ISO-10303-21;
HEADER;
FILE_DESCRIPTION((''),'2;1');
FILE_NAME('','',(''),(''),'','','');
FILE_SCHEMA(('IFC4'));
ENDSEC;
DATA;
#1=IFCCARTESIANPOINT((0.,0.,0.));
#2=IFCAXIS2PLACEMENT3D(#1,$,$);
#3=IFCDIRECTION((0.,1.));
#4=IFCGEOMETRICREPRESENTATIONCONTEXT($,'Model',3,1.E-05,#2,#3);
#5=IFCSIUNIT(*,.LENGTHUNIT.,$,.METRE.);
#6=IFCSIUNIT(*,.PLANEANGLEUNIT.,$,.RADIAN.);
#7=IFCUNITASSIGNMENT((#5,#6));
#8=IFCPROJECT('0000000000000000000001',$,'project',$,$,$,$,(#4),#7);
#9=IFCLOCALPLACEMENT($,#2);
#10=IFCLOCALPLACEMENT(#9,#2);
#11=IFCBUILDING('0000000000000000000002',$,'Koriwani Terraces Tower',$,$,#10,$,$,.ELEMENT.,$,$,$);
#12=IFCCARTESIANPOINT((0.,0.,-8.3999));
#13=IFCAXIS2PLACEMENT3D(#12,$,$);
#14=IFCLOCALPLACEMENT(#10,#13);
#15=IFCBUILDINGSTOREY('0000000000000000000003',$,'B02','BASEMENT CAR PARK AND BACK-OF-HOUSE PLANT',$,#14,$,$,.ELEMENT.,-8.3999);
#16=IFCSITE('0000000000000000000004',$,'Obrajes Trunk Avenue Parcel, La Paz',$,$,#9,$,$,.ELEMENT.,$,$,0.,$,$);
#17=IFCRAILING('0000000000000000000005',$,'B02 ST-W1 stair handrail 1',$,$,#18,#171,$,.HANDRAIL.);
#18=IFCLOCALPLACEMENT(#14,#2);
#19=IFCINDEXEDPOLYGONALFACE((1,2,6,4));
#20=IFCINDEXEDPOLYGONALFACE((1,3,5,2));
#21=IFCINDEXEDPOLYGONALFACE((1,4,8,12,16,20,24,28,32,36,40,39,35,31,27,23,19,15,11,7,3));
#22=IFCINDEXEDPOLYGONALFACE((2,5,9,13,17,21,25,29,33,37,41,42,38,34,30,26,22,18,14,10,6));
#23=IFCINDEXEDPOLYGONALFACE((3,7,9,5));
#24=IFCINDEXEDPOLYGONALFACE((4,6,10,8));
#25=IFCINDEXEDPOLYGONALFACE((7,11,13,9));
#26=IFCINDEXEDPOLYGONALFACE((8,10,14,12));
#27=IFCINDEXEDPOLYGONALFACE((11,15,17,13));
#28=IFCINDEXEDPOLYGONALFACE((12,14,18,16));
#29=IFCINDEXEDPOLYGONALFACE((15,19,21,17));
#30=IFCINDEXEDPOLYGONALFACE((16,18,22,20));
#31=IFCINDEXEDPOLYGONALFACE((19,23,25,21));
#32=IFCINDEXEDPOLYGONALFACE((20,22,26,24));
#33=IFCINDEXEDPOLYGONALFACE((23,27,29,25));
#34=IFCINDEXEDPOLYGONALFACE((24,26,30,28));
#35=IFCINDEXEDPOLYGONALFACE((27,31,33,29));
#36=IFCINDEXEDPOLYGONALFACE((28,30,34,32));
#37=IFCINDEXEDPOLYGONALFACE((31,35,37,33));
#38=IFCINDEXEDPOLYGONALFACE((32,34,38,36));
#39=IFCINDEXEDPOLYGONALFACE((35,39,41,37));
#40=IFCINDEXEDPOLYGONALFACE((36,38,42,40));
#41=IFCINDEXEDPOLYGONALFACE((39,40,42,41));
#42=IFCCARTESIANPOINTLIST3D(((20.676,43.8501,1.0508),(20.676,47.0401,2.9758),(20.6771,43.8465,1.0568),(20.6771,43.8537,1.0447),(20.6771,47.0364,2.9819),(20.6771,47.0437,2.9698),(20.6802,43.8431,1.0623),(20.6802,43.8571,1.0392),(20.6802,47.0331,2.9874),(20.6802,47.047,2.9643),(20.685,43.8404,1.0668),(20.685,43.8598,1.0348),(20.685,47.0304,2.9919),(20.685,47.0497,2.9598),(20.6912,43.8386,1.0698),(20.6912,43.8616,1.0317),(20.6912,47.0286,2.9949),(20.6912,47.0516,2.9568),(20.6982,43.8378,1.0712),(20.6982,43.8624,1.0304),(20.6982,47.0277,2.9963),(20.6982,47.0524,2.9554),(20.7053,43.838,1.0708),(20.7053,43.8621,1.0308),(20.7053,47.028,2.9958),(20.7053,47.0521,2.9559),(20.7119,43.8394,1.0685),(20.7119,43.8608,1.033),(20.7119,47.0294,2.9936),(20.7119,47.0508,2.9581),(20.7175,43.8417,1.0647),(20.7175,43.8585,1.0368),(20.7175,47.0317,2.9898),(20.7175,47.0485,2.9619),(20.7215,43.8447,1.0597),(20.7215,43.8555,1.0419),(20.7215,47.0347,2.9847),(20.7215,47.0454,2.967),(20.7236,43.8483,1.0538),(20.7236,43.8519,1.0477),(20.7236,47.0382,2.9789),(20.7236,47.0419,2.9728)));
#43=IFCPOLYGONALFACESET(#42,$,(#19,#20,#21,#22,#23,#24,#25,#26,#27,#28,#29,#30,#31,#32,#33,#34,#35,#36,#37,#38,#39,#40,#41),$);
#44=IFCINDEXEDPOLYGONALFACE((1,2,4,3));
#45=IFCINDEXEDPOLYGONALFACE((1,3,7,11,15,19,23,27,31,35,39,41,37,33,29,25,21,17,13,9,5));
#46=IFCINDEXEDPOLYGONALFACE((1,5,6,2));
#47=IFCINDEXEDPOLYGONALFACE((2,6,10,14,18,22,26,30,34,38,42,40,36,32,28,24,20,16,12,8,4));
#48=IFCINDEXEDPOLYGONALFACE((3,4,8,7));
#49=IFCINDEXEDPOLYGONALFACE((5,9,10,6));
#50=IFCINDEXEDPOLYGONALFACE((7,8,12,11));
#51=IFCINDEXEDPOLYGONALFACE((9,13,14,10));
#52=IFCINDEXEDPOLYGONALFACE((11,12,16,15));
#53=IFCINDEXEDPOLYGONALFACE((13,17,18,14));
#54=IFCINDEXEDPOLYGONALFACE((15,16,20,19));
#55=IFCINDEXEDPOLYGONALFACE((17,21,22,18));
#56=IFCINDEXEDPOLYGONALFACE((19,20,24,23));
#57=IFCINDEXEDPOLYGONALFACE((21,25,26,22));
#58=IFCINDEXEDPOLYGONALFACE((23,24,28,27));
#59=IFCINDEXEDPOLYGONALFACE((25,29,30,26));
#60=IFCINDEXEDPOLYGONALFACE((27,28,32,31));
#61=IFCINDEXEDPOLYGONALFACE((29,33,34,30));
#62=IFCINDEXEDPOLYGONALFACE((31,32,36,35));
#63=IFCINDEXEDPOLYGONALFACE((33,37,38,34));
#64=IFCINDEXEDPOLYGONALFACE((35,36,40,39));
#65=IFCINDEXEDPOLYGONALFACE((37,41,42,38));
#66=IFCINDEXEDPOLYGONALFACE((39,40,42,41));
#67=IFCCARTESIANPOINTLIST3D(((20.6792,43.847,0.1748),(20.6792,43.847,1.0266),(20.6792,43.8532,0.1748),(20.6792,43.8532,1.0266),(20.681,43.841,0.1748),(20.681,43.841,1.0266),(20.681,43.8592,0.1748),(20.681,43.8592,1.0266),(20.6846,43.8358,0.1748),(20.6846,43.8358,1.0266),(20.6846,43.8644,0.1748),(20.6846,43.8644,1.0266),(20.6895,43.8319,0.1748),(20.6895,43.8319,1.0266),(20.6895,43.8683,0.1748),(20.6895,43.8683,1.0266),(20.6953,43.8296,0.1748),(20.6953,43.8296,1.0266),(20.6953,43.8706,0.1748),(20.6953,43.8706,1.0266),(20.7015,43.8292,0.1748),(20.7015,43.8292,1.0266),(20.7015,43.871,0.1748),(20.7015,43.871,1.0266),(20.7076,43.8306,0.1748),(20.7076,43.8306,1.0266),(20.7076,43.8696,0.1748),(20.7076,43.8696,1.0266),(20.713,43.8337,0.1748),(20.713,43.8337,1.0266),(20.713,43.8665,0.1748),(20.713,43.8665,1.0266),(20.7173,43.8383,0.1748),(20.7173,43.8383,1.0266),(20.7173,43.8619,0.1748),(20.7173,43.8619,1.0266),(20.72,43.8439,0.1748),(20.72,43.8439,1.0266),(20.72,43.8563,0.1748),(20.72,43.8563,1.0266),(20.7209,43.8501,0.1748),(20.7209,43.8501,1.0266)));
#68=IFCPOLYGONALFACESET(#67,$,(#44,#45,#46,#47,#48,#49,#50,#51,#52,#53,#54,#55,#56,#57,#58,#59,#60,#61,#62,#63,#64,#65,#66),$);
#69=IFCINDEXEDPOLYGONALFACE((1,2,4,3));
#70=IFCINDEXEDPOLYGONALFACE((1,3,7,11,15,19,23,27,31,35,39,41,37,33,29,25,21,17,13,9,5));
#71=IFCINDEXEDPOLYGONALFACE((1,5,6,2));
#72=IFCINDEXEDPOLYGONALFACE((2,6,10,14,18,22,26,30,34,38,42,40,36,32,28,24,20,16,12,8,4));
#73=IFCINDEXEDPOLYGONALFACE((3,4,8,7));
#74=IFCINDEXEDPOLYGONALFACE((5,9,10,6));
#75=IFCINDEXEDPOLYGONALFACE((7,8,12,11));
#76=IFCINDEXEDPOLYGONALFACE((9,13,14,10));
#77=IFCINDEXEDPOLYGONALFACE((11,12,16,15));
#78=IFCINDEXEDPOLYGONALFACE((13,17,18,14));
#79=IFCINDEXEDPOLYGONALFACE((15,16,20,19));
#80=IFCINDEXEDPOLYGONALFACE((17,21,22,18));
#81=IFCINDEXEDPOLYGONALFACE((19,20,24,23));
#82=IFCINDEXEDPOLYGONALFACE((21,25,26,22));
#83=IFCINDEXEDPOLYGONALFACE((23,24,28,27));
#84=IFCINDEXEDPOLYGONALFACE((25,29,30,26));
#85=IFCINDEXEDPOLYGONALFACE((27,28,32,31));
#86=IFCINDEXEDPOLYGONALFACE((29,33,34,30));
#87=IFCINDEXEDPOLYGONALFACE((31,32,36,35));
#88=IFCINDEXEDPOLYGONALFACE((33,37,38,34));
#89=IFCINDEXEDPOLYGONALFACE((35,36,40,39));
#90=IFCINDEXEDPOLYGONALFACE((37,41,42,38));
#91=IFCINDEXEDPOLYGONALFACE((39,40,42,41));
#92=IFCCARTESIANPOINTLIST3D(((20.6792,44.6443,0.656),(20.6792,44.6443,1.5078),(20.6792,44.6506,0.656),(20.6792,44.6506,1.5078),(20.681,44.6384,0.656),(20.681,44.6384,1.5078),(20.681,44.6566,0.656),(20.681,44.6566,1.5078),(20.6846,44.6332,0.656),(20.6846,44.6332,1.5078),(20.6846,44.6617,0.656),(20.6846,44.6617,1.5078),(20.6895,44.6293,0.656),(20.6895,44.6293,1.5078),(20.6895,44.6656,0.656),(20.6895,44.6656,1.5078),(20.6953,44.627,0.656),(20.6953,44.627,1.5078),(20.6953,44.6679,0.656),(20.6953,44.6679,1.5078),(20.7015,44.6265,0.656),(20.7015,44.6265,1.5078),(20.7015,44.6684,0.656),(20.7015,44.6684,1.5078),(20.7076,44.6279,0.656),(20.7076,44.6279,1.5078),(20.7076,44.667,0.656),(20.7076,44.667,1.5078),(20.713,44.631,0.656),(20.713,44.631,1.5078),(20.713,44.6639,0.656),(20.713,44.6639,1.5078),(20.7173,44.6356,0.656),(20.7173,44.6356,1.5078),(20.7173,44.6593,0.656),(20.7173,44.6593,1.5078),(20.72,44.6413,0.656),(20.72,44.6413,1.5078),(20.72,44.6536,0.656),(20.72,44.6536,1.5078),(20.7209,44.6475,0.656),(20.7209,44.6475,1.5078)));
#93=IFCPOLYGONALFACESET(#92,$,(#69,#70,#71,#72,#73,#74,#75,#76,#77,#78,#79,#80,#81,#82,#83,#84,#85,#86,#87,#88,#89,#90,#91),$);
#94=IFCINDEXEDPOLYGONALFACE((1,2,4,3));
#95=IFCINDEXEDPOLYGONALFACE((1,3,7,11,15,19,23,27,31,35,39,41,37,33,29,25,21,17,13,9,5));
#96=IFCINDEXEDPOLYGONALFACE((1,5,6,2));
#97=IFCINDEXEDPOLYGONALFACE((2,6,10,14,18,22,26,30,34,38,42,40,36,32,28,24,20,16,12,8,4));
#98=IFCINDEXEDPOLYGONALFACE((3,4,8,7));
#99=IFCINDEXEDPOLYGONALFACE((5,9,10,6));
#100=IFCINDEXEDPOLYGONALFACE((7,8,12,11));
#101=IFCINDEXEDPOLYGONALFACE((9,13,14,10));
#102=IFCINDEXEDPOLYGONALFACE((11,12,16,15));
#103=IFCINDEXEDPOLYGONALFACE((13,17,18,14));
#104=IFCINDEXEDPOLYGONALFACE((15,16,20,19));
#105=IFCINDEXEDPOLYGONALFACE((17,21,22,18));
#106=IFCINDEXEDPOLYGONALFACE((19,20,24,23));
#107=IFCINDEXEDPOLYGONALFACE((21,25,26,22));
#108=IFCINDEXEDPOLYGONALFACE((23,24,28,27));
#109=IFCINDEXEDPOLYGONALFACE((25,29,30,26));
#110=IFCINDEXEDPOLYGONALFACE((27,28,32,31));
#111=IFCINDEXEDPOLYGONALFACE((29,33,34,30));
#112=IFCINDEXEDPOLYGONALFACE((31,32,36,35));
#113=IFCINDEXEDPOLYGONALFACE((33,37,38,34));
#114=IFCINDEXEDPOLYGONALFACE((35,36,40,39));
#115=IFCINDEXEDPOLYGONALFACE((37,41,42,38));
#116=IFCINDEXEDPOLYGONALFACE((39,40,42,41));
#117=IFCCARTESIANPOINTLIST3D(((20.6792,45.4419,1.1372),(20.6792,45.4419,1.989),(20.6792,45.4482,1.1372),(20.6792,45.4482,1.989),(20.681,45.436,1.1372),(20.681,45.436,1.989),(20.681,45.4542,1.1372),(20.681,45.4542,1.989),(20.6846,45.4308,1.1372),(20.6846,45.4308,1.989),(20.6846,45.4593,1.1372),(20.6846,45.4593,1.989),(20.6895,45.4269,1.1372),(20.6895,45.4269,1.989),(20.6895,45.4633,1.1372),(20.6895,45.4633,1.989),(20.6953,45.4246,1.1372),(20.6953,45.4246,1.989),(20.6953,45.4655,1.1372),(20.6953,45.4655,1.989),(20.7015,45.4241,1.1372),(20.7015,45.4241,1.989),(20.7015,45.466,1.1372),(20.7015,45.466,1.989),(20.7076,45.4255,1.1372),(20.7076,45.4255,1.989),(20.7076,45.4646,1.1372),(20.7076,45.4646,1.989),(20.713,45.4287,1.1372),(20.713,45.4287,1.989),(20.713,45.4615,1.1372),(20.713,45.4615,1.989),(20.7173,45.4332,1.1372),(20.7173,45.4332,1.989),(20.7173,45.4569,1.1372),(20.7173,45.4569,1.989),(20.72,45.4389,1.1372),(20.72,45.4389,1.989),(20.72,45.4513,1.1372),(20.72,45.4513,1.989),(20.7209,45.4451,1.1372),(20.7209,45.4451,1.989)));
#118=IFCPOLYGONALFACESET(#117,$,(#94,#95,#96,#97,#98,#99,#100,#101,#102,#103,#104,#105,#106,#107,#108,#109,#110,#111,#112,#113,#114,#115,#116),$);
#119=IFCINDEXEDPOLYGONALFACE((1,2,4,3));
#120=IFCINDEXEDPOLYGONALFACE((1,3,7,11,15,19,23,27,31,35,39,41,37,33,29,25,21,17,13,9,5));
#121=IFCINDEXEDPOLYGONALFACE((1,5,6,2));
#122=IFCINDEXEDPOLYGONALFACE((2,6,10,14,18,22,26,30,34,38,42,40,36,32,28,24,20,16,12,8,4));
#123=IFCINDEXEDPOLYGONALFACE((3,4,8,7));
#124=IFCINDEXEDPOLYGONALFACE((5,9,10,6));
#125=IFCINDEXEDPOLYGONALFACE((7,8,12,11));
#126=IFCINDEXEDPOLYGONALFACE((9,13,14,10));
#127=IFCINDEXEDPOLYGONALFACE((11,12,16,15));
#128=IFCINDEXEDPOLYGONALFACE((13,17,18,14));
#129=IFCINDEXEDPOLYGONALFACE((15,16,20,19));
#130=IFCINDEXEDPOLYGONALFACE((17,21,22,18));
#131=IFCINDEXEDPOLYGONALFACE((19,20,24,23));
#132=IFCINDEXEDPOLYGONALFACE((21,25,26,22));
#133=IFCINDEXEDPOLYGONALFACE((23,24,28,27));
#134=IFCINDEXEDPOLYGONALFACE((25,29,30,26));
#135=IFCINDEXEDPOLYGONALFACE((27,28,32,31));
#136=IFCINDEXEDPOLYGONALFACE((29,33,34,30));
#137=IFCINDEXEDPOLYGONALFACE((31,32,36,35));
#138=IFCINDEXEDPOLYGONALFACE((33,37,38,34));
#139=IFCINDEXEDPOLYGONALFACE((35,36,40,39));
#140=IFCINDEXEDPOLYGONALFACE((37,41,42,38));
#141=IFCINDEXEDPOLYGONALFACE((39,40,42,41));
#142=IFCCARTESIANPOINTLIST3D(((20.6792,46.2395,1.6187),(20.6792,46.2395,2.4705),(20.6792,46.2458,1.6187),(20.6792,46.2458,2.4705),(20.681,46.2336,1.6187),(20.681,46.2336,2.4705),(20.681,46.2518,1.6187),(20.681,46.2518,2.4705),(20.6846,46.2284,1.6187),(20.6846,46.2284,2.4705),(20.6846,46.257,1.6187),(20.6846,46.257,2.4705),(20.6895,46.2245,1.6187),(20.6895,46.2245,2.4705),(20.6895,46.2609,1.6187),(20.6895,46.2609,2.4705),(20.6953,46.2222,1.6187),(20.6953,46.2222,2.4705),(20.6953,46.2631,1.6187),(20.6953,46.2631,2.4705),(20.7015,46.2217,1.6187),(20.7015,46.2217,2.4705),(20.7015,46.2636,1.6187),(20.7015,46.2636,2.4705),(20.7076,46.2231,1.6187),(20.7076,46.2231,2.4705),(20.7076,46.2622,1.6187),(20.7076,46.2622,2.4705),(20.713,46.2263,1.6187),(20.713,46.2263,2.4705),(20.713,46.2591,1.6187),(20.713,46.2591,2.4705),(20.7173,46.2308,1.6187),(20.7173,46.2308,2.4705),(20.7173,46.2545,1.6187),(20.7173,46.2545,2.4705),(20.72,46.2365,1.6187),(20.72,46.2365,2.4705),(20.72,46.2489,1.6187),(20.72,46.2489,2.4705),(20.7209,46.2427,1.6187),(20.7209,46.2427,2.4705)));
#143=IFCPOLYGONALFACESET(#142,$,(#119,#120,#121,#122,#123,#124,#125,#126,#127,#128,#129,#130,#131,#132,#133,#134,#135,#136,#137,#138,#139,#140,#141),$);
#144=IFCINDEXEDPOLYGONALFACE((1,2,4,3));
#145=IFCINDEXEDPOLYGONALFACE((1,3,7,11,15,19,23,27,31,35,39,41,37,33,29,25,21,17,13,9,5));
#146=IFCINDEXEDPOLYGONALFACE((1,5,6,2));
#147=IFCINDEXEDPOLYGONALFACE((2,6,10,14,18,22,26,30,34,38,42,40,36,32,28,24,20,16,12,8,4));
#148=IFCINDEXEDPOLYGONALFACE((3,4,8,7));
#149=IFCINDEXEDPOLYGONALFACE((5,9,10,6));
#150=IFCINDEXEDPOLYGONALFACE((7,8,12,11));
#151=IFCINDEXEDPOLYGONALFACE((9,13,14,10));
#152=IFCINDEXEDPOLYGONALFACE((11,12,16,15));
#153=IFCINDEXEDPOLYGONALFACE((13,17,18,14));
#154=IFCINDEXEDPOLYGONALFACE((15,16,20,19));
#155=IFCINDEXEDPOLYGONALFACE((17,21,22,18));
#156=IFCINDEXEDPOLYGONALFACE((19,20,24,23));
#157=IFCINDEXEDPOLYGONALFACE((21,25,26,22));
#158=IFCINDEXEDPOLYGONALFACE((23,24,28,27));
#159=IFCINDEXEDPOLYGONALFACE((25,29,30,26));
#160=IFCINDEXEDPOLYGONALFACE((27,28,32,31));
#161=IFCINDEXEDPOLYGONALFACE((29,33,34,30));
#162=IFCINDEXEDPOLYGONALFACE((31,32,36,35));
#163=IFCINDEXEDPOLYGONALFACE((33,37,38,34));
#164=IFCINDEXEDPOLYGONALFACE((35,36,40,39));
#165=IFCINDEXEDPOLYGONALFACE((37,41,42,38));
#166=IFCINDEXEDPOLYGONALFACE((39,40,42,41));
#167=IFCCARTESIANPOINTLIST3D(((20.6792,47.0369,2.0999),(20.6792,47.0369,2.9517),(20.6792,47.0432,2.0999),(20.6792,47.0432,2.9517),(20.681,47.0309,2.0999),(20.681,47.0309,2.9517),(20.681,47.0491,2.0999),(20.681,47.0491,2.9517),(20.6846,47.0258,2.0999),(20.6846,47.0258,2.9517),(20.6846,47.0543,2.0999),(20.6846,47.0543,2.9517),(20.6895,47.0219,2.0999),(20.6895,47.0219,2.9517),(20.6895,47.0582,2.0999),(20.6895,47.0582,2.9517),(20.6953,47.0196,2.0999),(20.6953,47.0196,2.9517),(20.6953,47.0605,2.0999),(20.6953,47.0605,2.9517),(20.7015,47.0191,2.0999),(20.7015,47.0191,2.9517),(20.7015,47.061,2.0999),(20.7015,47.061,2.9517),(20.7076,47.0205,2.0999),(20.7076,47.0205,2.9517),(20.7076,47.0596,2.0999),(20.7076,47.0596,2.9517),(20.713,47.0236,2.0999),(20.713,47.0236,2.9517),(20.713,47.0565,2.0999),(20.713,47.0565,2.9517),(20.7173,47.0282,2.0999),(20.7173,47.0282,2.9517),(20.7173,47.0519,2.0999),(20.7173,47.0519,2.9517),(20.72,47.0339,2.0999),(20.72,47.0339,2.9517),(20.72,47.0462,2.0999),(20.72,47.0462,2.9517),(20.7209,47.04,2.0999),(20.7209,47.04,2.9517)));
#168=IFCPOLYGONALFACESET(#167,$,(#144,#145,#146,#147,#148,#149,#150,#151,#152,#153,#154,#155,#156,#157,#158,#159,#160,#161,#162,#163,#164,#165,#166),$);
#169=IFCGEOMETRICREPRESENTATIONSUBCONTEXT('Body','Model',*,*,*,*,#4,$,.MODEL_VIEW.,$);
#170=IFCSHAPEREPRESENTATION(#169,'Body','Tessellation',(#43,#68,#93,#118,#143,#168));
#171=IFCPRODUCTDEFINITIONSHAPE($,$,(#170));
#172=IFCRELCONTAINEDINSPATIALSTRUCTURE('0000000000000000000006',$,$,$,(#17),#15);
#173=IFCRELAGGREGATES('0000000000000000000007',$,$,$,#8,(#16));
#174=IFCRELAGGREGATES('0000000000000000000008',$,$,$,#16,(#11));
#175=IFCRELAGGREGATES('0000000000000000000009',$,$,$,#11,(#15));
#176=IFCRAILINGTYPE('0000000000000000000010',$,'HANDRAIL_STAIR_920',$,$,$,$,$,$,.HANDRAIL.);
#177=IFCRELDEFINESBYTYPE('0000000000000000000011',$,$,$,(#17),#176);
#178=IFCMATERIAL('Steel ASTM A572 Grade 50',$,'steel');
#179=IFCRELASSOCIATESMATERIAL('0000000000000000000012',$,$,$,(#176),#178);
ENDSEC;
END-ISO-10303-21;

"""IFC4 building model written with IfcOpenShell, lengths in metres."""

from ifc_helpers import new_model, si_unit, direction, frame, origin, origin_2d, place, context, subcontext, project, spatial, circle, extrude, material, type_object, element, save


model = new_model("IFC4")

# Units and contexts
model_context = context("Model", 3, precision=1e-05, world=origin(), true_north=direction((0.0, 1.0)))
body_context = subcontext(model_context, "Body", "Model", "MODEL_VIEW")
ifc_project = project(units=[si_unit("LENGTHUNIT", "METRE"), si_unit("PLANEANGLEUNIT", "RADIAN")], contexts=[model_context])

# Site, building, storey
site_placement = place(None, origin())
site = spatial("IfcSite", under=ifc_project, at=site_placement, Name="Obrajes Trunk Avenue Parcel, La Paz", CompositionType="ELEMENT", RefElevation=0.0)
building_placement = place(site_placement, origin())
building = spatial("IfcBuilding", under=site, at=building_placement, Name="Koriwani Terraces Tower", CompositionType="ELEMENT")
storey_placement = place(building_placement, frame((0.0, 0.0, -8.3999)))
storey = spatial("IfcBuildingStorey", under=building, at=storey_placement, Name="B02", Description="BASEMENT CAR PARK AND BACK-OF-HOUSE PLANT", CompositionType="ELEMENT", Elevation=-8.3999)

# Shared definitions
ifc_material_1 = material(Name="Steel ASTM A572 Grade 50", Category="steel")

# Railing
railing_type = type_object("IfcRailingType", Name="HANDRAIL_STAIR_920", PredefinedType="HANDRAIL", material=ifc_material_1)
for number, where, name in (
    (1, (20.7, 43.8501, 0.1748), "B02 ST-W1 stair handrail 1"),
):
    element("IfcRailing", number, at=place(storey_placement, frame(where)), inside=storey, type_object=railing_type, Name=name, PredefinedType="HANDRAIL", context=body_context, shape_type="SweptSolid", body=[
        extrude(circle(Radius=0.0239, at=origin_2d()), frame((0.0, 0.0, 0.876), z_axis=(0.0, 0.856178, 0.516682), x_axis=(-1.0, 0.0, 0.0)), (0.0, 0.0, 1.0), 3.7258),
        extrude(circle(Radius=0.021, at=origin_2d()), origin(), (0.0, 0.0, 1.0), 0.8518),
        extrude(circle(Radius=0.021, at=origin_2d()), frame((0.0, 0.7974, 0.4812)), (0.0, 0.0, 1.0), 0.8518),
        extrude(circle(Radius=0.021, at=origin_2d()), frame((0.0, 1.595, 0.9624)), (0.0, 0.0, 1.0), 0.8518),
        extrude(circle(Radius=0.021, at=origin_2d()), frame((0.0, 2.3926, 1.4438)), (0.0, 0.0, 1.0), 0.8518),
        extrude(circle(Radius=0.021, at=origin_2d()), frame((0.0, 3.1899, 1.925)), (0.0, 0.0, 1.0), 0.8518),
    ])

save(model, "model.ifc")
